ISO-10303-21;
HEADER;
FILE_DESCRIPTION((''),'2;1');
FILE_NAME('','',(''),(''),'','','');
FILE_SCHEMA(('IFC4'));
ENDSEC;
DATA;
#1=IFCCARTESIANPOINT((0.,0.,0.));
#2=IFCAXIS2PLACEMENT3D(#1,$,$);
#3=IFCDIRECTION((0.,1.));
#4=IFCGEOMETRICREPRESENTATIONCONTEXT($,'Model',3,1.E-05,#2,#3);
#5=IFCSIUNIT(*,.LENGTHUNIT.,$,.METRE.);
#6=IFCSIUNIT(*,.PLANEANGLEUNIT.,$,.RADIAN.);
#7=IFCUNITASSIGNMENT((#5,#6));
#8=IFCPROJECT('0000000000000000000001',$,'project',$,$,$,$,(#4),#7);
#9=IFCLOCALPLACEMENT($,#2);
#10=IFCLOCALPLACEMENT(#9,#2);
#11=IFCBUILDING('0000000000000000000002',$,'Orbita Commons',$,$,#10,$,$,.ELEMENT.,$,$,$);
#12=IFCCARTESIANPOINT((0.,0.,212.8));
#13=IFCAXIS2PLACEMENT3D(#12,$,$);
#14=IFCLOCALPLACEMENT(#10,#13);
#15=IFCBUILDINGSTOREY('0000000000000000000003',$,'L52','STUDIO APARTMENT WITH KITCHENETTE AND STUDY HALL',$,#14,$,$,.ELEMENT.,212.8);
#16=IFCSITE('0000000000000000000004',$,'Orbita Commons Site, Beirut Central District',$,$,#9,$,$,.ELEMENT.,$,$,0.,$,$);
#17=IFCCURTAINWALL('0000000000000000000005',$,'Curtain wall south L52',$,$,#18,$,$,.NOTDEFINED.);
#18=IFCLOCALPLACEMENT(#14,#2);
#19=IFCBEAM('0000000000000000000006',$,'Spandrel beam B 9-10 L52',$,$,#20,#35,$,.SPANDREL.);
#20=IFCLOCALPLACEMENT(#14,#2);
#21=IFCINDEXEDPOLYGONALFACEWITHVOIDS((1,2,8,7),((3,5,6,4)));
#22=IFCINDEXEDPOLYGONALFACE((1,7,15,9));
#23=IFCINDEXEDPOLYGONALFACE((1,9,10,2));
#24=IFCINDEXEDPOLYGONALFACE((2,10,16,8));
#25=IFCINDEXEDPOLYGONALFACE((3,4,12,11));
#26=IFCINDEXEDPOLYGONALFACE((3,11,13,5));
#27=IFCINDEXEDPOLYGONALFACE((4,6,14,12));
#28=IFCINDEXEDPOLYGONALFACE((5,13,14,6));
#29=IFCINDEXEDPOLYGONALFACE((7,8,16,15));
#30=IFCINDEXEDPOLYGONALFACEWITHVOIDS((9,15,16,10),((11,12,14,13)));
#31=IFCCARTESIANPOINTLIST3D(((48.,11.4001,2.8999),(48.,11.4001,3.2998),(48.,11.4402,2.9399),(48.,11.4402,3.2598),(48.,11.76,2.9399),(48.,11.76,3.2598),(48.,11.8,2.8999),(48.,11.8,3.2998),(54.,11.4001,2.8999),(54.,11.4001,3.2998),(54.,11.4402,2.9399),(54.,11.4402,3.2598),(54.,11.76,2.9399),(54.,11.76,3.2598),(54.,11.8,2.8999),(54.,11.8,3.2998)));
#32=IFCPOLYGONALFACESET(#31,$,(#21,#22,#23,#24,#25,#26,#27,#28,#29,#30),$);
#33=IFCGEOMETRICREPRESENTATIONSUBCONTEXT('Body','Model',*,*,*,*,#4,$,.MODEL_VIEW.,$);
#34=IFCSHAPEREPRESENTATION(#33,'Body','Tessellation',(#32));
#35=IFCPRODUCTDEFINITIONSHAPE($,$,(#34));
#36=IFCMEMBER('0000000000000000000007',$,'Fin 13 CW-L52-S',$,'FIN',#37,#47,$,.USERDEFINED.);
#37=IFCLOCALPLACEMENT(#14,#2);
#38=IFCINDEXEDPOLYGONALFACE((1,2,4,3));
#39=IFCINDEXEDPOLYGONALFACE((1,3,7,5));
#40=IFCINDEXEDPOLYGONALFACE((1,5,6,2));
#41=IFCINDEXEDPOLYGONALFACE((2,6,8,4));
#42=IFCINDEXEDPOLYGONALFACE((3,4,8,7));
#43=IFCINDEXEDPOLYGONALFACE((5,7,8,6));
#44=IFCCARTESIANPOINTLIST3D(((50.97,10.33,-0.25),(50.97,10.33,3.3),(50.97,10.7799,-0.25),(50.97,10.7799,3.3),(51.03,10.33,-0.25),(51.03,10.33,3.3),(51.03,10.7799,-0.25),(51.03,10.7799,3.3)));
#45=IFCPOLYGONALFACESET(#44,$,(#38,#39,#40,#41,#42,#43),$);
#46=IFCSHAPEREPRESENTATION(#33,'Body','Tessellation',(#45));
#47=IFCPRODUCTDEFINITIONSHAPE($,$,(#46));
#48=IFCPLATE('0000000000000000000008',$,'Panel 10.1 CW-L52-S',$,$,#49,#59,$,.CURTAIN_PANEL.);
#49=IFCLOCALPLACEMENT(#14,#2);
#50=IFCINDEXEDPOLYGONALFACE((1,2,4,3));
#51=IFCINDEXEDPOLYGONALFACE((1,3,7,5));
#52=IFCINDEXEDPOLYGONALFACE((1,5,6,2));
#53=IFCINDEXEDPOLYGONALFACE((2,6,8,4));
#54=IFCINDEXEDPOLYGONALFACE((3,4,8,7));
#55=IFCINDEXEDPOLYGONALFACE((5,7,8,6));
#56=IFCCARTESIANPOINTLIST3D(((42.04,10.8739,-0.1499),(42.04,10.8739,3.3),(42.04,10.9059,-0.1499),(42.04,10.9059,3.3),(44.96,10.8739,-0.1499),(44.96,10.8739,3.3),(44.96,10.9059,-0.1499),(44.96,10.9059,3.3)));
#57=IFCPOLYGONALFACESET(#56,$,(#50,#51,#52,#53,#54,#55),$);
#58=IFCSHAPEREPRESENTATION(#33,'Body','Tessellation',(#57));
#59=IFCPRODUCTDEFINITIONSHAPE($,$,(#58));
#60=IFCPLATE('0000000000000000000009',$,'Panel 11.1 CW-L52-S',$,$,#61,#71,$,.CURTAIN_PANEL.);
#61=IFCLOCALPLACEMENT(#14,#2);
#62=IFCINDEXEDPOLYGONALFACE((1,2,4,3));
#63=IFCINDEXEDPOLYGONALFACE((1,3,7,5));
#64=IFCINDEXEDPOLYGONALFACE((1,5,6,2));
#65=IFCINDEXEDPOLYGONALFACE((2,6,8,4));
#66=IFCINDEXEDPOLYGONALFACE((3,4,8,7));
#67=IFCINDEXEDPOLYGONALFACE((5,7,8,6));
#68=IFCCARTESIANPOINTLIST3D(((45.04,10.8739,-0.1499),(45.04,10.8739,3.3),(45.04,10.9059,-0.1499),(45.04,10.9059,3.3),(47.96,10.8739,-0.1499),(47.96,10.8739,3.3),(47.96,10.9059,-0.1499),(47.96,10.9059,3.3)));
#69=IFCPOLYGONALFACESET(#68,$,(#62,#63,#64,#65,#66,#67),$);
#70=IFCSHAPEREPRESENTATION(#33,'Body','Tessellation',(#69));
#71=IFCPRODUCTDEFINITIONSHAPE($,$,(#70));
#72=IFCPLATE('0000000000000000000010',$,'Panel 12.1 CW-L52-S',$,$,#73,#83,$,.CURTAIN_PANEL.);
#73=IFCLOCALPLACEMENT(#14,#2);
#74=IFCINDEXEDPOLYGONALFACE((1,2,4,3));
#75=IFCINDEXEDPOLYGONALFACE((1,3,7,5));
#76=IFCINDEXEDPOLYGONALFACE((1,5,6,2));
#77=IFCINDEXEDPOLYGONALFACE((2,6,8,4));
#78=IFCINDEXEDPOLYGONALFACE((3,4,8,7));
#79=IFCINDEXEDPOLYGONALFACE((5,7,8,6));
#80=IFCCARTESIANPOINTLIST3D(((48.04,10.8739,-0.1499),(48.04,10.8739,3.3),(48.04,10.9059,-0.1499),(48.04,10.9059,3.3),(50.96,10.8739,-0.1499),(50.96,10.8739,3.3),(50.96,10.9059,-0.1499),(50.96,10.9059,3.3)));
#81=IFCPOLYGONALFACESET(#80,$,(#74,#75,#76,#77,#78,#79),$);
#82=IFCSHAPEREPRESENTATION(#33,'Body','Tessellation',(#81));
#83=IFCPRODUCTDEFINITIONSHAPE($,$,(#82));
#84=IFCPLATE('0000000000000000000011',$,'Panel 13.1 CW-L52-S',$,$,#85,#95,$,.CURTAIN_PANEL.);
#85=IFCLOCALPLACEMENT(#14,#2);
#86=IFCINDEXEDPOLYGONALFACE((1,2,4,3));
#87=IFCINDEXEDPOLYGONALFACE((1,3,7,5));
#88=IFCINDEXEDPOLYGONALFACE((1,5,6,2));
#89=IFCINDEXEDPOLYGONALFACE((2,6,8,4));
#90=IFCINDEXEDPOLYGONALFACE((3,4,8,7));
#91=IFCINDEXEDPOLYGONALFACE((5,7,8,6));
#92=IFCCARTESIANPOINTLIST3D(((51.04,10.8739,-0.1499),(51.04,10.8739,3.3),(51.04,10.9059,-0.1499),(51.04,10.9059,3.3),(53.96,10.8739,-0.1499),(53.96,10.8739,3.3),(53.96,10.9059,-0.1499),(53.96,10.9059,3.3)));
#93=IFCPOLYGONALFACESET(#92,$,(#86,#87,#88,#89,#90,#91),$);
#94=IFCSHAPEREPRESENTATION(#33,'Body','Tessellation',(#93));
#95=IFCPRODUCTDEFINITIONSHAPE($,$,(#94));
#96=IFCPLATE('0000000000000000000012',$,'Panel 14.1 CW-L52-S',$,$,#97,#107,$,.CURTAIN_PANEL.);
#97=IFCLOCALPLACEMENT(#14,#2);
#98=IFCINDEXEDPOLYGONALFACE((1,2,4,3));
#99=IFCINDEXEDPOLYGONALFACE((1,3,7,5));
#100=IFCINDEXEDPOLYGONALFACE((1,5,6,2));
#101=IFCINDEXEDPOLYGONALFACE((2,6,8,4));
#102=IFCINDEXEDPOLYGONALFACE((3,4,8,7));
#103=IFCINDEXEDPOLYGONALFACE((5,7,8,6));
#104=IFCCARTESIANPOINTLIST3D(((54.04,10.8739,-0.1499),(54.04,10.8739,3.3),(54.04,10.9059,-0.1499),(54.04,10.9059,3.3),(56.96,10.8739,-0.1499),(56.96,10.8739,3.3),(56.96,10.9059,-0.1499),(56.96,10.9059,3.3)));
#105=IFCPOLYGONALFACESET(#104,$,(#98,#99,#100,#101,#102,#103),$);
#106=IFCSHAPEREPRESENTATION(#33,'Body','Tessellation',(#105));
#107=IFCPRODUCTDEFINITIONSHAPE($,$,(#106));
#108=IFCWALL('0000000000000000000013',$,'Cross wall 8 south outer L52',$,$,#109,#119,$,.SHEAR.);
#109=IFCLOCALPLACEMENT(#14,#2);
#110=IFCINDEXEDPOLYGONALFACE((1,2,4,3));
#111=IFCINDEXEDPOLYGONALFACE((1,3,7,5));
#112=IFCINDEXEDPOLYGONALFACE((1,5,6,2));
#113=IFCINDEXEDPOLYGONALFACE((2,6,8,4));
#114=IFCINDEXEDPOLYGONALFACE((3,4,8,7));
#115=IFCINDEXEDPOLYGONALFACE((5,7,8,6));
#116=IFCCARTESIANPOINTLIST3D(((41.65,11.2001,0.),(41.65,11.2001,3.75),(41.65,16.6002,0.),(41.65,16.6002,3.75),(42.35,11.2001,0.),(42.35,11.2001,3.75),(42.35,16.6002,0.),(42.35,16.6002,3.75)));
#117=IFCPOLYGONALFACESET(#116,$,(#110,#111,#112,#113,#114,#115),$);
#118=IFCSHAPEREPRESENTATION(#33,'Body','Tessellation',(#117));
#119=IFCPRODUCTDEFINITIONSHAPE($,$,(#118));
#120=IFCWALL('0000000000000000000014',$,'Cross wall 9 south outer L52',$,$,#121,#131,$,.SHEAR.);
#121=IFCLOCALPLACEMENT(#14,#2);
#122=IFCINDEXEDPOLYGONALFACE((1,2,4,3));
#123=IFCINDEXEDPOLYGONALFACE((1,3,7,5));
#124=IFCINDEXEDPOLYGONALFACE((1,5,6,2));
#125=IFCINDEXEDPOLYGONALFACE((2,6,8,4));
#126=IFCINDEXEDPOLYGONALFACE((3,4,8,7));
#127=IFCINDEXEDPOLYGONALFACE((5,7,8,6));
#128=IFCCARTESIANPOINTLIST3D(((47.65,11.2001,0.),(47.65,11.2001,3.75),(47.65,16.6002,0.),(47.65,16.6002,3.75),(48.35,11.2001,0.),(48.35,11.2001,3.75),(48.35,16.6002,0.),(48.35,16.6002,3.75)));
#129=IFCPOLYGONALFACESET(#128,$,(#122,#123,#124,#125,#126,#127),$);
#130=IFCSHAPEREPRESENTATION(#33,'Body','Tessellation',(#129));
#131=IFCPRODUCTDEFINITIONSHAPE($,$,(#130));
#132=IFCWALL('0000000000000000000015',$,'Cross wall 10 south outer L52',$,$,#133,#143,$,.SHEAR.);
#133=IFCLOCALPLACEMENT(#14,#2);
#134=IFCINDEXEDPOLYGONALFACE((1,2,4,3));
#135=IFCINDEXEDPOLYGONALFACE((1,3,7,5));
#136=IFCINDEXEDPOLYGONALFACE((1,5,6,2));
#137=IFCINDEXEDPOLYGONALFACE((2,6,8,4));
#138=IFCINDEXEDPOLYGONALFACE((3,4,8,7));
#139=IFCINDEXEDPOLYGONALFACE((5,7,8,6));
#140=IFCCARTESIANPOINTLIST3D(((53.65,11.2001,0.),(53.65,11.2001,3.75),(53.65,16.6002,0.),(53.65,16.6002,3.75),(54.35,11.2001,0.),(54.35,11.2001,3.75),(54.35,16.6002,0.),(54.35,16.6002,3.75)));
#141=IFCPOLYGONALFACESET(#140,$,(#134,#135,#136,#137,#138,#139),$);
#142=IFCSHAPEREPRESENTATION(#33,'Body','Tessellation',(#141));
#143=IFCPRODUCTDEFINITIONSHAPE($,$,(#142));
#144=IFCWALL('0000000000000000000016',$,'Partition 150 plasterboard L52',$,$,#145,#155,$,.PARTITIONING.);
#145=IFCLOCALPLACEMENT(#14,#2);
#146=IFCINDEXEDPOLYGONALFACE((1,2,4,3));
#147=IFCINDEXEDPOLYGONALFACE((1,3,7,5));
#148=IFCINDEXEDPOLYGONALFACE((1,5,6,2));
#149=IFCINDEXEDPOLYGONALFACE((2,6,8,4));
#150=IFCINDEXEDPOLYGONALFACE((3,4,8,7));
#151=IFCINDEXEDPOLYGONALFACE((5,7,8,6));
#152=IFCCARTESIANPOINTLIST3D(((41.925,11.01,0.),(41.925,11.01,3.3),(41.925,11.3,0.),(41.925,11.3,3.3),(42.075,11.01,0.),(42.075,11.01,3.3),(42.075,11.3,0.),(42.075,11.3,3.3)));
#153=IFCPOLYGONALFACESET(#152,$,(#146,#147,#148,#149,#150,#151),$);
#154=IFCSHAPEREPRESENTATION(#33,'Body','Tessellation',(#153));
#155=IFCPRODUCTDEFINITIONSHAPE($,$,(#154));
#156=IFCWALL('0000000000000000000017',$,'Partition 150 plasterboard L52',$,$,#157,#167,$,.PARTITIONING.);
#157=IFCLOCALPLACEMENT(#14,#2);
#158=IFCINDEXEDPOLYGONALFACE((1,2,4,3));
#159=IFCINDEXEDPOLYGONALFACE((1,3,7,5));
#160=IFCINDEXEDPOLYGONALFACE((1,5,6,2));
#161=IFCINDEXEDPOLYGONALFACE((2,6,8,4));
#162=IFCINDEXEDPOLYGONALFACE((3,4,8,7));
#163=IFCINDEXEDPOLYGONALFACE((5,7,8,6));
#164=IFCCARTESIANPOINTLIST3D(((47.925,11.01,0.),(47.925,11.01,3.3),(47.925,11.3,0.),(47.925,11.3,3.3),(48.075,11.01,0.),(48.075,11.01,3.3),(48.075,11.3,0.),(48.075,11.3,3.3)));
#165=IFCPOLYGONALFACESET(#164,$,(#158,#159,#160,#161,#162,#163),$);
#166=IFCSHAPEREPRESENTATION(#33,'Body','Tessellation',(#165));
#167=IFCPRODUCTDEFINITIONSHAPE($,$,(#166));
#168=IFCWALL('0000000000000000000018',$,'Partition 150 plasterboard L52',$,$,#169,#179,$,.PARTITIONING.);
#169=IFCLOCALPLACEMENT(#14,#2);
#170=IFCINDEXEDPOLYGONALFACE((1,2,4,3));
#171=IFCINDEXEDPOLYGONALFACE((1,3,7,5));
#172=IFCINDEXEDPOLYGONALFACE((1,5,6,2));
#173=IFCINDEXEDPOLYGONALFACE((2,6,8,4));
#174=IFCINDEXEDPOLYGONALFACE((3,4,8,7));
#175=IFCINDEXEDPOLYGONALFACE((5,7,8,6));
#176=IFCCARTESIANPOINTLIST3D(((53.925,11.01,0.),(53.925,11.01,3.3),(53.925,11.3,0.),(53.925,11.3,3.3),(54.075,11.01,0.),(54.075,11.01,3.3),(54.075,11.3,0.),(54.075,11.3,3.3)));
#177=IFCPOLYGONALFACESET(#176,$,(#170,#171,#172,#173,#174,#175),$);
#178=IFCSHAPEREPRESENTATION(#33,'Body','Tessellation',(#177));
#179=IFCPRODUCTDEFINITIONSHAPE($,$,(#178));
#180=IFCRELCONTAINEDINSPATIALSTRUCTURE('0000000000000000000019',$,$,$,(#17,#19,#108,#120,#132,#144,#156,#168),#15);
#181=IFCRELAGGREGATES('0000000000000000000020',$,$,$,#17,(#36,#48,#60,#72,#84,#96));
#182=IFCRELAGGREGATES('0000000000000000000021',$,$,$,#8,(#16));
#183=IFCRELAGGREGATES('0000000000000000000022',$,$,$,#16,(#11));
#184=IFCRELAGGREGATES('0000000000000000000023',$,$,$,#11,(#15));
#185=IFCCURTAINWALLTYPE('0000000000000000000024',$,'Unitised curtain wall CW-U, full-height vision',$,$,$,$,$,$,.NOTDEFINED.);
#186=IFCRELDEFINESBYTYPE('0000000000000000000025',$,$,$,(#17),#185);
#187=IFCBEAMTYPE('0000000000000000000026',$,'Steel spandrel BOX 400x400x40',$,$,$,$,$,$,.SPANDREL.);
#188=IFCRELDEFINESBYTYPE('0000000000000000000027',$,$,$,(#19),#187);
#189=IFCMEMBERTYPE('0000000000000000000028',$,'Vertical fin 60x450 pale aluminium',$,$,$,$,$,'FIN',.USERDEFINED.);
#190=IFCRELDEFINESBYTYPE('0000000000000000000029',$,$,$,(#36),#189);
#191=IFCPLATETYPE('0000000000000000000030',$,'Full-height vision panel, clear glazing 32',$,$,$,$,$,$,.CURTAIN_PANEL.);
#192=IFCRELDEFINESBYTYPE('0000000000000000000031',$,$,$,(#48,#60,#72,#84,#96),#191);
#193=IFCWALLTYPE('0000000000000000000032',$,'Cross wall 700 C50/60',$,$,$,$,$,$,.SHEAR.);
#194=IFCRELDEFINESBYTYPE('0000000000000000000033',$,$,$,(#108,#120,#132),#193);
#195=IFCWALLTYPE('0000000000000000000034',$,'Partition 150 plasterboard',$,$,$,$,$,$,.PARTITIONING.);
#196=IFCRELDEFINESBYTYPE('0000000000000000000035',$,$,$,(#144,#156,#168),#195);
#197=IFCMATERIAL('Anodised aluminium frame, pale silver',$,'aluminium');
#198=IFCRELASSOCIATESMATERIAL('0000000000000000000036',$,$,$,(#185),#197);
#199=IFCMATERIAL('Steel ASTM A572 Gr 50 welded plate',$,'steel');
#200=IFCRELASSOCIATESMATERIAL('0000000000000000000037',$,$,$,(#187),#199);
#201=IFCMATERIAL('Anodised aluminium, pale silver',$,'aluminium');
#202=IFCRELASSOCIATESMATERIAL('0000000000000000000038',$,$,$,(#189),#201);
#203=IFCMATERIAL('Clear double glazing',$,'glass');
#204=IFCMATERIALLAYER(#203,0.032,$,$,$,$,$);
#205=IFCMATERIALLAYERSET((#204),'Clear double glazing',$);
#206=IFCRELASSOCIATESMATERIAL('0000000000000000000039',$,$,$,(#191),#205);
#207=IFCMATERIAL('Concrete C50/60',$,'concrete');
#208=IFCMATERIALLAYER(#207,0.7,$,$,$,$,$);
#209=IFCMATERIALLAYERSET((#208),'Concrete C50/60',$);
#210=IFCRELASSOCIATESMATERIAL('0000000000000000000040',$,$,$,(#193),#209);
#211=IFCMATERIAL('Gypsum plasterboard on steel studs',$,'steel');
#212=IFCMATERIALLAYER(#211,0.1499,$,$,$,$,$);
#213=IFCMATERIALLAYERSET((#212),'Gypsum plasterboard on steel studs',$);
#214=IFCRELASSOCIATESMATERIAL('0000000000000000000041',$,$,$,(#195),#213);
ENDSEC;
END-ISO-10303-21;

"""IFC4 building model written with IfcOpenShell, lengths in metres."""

from ifc_helpers import new_model, si_unit, direction, frame, frame_2d, origin, origin_2d, place, context, subcontext, project, spatial, rectangle, hollow_rectangle, extrude, material, layer, layer_set, material_profile, profile_set, type_object, element, aggregate, save


model = new_model("IFC4")

# Units and contexts
model_context = context("Model", 3, precision=1e-05, world=origin(), true_north=direction((0.0, 1.0)))
body_context = subcontext(model_context, "Body", "Model", "MODEL_VIEW")
ifc_project = project(units=[si_unit("LENGTHUNIT", "METRE"), si_unit("PLANEANGLEUNIT", "RADIAN")], contexts=[model_context])

# Site, building, storey
site_placement = place(None, origin())
site = spatial("IfcSite", under=ifc_project, at=site_placement, Name="Orbita Commons Site, Beirut Central District", CompositionType="ELEMENT", RefElevation=0.0)
building_placement = place(site_placement, origin())
building = spatial("IfcBuilding", under=site, at=building_placement, Name="Orbita Commons", CompositionType="ELEMENT")
storey_placement = place(building_placement, frame((0.0, 0.0, 212.8)))
storey = spatial("IfcBuildingStorey", under=building, at=storey_placement, Name="L52", Description="STUDIO APARTMENT WITH KITCHENETTE AND STUDY HALL", CompositionType="ELEMENT", Elevation=212.8)

# Curtain wall
ifc_material_1 = material(Name="Anodised aluminium frame, pale silver", Category="aluminium")
curtain_wall_type = type_object("IfcCurtainWallType", Name="Unitised curtain wall CW-U, full-height vision", PredefinedType="NOTDEFINED", material=ifc_material_1)
curtain_wall_placement = place(storey_placement, origin())
curtain_wall = element("IfcCurtainWall", 1, at=curtain_wall_placement, inside=storey, type_object=curtain_wall_type, Name="Curtain wall south L52", PredefinedType="NOTDEFINED")

# Beam
ifc_material_2 = material(Name="Steel ASTM A572 Gr 50 welded plate", Category="steel")
ifc_material_profile_1 = material_profile(ifc_material_2, hollow_rectangle(XDim=0.3999, YDim=0.3999, WallThickness=0.04, at=origin_2d()), Name="BOX 400x400x40")
ifc_profile_set_1 = profile_set([ifc_material_profile_1], Name="Steel ASTM A572 Gr 50 welded plate")
beam_type = type_object("IfcBeamType", Name="Steel spandrel BOX 400x400x40", PredefinedType="SPANDREL", material=ifc_profile_set_1)
for number, where, z_axis, x_axis, name in (
    (2, (48.0, 11.6001, 3.0999), (1.0, 0.0, 0.0), (0.0, 1.0, 0.0), "Spandrel beam B 9-10 L52"),
):
    element("IfcBeam", number, at=place(storey_placement, frame(where, z_axis=z_axis, x_axis=x_axis)), inside=storey, type_object=beam_type, Name=name, PredefinedType="SPANDREL", context=body_context, shape_type="SweptSolid", body=[
        extrude(hollow_rectangle(XDim=0.3999, YDim=0.3999, WallThickness=0.04, at=origin_2d()), origin(), (0.0, 0.0, 1.0), 6.0),
    ])

# Member
ifc_material_3 = material(Name="Anodised aluminium, pale silver", Category="aluminium")
ifc_material_profile_2 = material_profile(ifc_material_3, rectangle(XDim=0.0601, YDim=0.45, at=origin_2d()), Name="FIN 60x450")
ifc_profile_set_2 = profile_set([ifc_material_profile_2], Name="Anodised aluminium, pale silver")
member_type_1 = type_object("IfcMemberType", Name="Vertical fin 60x450 pale aluminium", ElementType="FIN", PredefinedType="USERDEFINED", material=ifc_profile_set_2)
member_1_placement = place(storey_placement, frame((51.0, 10.5549, -0.25), z_axis=(0.0, 0.0, 1.0), x_axis=(1.0, 0.0, 0.0)))
member_1 = element("IfcMember", 3, at=member_1_placement, type_object=member_type_1, Name="Fin 13 CW-L52-S", ObjectType="FIN", PredefinedType="USERDEFINED", context=body_context, shape_type="SweptSolid", body=[
    extrude(rectangle(XDim=0.0601, YDim=0.45, at=origin_2d()), origin(), (0.0, 0.0, 1.0), 3.55),
])

# Plates
ifc_material_4 = material(Name="Clear double glazing", Category="glass")
ifc_layer_1 = layer(ifc_material_4, 0.032)
ifc_layer_set_1 = layer_set([ifc_layer_1], Name="Clear double glazing")
plate_type = type_object("IfcPlateType", Name="Full-height vision panel, clear glazing 32", PredefinedType="CURTAIN_PANEL", material=ifc_layer_set_1)
plate_1_placement = place(storey_placement, frame((43.5, 10.8899, -0.1499), z_axis=(0.0, 0.0, 1.0), x_axis=(1.0, 0.0, 0.0)))
plate_1 = element("IfcPlate", 4, at=plate_1_placement, type_object=plate_type, Name="Panel 10.1 CW-L52-S", PredefinedType="CURTAIN_PANEL", context=body_context, shape_type="SweptSolid", body=[
    extrude(rectangle(XDim=2.9199, YDim=0.032, at=origin_2d()), origin(), (0.0, 0.0, 1.0), 3.45),
])
plate_2_placement = place(storey_placement, frame((46.5, 10.8899, -0.1499), z_axis=(0.0, 0.0, 1.0), x_axis=(1.0, 0.0, 0.0)))
plate_2 = element("IfcPlate", 5, at=plate_2_placement, type_object=plate_type, Name="Panel 11.1 CW-L52-S", PredefinedType="CURTAIN_PANEL", context=body_context, shape_type="SweptSolid", body=[
    extrude(rectangle(XDim=2.9199, YDim=0.032, at=origin_2d()), origin(), (0.0, 0.0, 1.0), 3.45),
])
plate_3_placement = place(storey_placement, frame((49.5, 10.8899, -0.1499), z_axis=(0.0, 0.0, 1.0), x_axis=(1.0, 0.0, 0.0)))
plate_3 = element("IfcPlate", 6, at=plate_3_placement, type_object=plate_type, Name="Panel 12.1 CW-L52-S", PredefinedType="CURTAIN_PANEL", context=body_context, shape_type="SweptSolid", body=[
    extrude(rectangle(XDim=2.9199, YDim=0.032, at=origin_2d()), origin(), (0.0, 0.0, 1.0), 3.45),
])
plate_4_placement = place(storey_placement, frame((52.5, 10.8899, -0.1499), z_axis=(0.0, 0.0, 1.0), x_axis=(1.0, 0.0, 0.0)))
plate_4 = element("IfcPlate", 7, at=plate_4_placement, type_object=plate_type, Name="Panel 13.1 CW-L52-S", PredefinedType="CURTAIN_PANEL", context=body_context, shape_type="SweptSolid", body=[
    extrude(rectangle(XDim=2.9199, YDim=0.032, at=origin_2d()), origin(), (0.0, 0.0, 1.0), 3.45),
])
plate_5_placement = place(storey_placement, frame((55.5, 10.8899, -0.1499), z_axis=(0.0, 0.0, 1.0), x_axis=(1.0, 0.0, 0.0)))
plate_5 = element("IfcPlate", 8, at=plate_5_placement, type_object=plate_type, Name="Panel 14.1 CW-L52-S", PredefinedType="CURTAIN_PANEL", context=body_context, shape_type="SweptSolid", body=[
    extrude(rectangle(XDim=2.9199, YDim=0.032, at=origin_2d()), origin(), (0.0, 0.0, 1.0), 3.45),
])
aggregate(curtain_wall, [member_1, plate_1, plate_2, plate_3, plate_4, plate_5])

# Walls
ifc_material_5 = material(Name="Concrete C50/60", Category="concrete")
ifc_layer_2 = layer(ifc_material_5, 0.7)
ifc_layer_set_2 = layer_set([ifc_layer_2], Name="Concrete C50/60")
wall_type_1 = type_object("IfcWallType", Name="Cross wall 700 C50/60", PredefinedType="SHEAR", material=ifc_layer_set_2)
for number, where, z_axis, x_axis, name in (
    (9, (42.0, 11.2, 0.0), (0.0, 0.0, 1.0), (0.0, 1.0, 0.0), "Cross wall 8 south outer L52"),
    (10, (48.0, 11.2, 0.0), (0.0, 0.0, 1.0), (0.0, 1.0, 0.0), "Cross wall 9 south outer L52"),
    (11, (54.0, 11.2, 0.0), (0.0, 0.0, 1.0), (0.0, 1.0, 0.0), "Cross wall 10 south outer L52"),
):
    element("IfcWall", number, at=place(storey_placement, frame(where, z_axis=z_axis, x_axis=x_axis)), inside=storey, type_object=wall_type_1, Name=name, PredefinedType="SHEAR", context=body_context, shape_type="SweptSolid", body=[
        extrude(rectangle(XDim=5.4001, YDim=0.7, at=frame_2d((2.7002, 0.0))), origin(), (0.0, 0.0, 1.0), 3.75),
    ])
ifc_material_6 = material(Name="Gypsum plasterboard on steel studs", Category="steel")
ifc_layer_3 = layer(ifc_material_6, 0.1499)
ifc_layer_set_3 = layer_set([ifc_layer_3], Name="Gypsum plasterboard on steel studs")
wall_type_2 = type_object("IfcWallType", Name="Partition 150 plasterboard", PredefinedType="PARTITIONING", material=ifc_layer_set_3)
for number, where, z_axis, x_axis, name in (
    (12, (42.0, 11.3, 0.0), (0.0, 0.0, 1.0), (0.0, -1.0, 0.0), "Partition 150 plasterboard L52"),
    (13, (48.0, 11.3, 0.0), (0.0, 0.0, 1.0), (0.0, -1.0, 0.0), "Partition 150 plasterboard L52"),
    (14, (54.0, 11.3, 0.0), (0.0, 0.0, 1.0), (0.0, -1.0, 0.0), "Partition 150 plasterboard L52"),
):
    element("IfcWall", number, at=place(storey_placement, frame(where, z_axis=z_axis, x_axis=x_axis)), inside=storey, type_object=wall_type_2, Name=name, PredefinedType="PARTITIONING", context=body_context, shape_type="SweptSolid", body=[
        extrude(rectangle(XDim=0.29, YDim=0.1499, at=frame_2d((0.145, 0.0))), origin(), (0.0, 0.0, 1.0), 3.3),
    ])

save(model, "model.ifc")
